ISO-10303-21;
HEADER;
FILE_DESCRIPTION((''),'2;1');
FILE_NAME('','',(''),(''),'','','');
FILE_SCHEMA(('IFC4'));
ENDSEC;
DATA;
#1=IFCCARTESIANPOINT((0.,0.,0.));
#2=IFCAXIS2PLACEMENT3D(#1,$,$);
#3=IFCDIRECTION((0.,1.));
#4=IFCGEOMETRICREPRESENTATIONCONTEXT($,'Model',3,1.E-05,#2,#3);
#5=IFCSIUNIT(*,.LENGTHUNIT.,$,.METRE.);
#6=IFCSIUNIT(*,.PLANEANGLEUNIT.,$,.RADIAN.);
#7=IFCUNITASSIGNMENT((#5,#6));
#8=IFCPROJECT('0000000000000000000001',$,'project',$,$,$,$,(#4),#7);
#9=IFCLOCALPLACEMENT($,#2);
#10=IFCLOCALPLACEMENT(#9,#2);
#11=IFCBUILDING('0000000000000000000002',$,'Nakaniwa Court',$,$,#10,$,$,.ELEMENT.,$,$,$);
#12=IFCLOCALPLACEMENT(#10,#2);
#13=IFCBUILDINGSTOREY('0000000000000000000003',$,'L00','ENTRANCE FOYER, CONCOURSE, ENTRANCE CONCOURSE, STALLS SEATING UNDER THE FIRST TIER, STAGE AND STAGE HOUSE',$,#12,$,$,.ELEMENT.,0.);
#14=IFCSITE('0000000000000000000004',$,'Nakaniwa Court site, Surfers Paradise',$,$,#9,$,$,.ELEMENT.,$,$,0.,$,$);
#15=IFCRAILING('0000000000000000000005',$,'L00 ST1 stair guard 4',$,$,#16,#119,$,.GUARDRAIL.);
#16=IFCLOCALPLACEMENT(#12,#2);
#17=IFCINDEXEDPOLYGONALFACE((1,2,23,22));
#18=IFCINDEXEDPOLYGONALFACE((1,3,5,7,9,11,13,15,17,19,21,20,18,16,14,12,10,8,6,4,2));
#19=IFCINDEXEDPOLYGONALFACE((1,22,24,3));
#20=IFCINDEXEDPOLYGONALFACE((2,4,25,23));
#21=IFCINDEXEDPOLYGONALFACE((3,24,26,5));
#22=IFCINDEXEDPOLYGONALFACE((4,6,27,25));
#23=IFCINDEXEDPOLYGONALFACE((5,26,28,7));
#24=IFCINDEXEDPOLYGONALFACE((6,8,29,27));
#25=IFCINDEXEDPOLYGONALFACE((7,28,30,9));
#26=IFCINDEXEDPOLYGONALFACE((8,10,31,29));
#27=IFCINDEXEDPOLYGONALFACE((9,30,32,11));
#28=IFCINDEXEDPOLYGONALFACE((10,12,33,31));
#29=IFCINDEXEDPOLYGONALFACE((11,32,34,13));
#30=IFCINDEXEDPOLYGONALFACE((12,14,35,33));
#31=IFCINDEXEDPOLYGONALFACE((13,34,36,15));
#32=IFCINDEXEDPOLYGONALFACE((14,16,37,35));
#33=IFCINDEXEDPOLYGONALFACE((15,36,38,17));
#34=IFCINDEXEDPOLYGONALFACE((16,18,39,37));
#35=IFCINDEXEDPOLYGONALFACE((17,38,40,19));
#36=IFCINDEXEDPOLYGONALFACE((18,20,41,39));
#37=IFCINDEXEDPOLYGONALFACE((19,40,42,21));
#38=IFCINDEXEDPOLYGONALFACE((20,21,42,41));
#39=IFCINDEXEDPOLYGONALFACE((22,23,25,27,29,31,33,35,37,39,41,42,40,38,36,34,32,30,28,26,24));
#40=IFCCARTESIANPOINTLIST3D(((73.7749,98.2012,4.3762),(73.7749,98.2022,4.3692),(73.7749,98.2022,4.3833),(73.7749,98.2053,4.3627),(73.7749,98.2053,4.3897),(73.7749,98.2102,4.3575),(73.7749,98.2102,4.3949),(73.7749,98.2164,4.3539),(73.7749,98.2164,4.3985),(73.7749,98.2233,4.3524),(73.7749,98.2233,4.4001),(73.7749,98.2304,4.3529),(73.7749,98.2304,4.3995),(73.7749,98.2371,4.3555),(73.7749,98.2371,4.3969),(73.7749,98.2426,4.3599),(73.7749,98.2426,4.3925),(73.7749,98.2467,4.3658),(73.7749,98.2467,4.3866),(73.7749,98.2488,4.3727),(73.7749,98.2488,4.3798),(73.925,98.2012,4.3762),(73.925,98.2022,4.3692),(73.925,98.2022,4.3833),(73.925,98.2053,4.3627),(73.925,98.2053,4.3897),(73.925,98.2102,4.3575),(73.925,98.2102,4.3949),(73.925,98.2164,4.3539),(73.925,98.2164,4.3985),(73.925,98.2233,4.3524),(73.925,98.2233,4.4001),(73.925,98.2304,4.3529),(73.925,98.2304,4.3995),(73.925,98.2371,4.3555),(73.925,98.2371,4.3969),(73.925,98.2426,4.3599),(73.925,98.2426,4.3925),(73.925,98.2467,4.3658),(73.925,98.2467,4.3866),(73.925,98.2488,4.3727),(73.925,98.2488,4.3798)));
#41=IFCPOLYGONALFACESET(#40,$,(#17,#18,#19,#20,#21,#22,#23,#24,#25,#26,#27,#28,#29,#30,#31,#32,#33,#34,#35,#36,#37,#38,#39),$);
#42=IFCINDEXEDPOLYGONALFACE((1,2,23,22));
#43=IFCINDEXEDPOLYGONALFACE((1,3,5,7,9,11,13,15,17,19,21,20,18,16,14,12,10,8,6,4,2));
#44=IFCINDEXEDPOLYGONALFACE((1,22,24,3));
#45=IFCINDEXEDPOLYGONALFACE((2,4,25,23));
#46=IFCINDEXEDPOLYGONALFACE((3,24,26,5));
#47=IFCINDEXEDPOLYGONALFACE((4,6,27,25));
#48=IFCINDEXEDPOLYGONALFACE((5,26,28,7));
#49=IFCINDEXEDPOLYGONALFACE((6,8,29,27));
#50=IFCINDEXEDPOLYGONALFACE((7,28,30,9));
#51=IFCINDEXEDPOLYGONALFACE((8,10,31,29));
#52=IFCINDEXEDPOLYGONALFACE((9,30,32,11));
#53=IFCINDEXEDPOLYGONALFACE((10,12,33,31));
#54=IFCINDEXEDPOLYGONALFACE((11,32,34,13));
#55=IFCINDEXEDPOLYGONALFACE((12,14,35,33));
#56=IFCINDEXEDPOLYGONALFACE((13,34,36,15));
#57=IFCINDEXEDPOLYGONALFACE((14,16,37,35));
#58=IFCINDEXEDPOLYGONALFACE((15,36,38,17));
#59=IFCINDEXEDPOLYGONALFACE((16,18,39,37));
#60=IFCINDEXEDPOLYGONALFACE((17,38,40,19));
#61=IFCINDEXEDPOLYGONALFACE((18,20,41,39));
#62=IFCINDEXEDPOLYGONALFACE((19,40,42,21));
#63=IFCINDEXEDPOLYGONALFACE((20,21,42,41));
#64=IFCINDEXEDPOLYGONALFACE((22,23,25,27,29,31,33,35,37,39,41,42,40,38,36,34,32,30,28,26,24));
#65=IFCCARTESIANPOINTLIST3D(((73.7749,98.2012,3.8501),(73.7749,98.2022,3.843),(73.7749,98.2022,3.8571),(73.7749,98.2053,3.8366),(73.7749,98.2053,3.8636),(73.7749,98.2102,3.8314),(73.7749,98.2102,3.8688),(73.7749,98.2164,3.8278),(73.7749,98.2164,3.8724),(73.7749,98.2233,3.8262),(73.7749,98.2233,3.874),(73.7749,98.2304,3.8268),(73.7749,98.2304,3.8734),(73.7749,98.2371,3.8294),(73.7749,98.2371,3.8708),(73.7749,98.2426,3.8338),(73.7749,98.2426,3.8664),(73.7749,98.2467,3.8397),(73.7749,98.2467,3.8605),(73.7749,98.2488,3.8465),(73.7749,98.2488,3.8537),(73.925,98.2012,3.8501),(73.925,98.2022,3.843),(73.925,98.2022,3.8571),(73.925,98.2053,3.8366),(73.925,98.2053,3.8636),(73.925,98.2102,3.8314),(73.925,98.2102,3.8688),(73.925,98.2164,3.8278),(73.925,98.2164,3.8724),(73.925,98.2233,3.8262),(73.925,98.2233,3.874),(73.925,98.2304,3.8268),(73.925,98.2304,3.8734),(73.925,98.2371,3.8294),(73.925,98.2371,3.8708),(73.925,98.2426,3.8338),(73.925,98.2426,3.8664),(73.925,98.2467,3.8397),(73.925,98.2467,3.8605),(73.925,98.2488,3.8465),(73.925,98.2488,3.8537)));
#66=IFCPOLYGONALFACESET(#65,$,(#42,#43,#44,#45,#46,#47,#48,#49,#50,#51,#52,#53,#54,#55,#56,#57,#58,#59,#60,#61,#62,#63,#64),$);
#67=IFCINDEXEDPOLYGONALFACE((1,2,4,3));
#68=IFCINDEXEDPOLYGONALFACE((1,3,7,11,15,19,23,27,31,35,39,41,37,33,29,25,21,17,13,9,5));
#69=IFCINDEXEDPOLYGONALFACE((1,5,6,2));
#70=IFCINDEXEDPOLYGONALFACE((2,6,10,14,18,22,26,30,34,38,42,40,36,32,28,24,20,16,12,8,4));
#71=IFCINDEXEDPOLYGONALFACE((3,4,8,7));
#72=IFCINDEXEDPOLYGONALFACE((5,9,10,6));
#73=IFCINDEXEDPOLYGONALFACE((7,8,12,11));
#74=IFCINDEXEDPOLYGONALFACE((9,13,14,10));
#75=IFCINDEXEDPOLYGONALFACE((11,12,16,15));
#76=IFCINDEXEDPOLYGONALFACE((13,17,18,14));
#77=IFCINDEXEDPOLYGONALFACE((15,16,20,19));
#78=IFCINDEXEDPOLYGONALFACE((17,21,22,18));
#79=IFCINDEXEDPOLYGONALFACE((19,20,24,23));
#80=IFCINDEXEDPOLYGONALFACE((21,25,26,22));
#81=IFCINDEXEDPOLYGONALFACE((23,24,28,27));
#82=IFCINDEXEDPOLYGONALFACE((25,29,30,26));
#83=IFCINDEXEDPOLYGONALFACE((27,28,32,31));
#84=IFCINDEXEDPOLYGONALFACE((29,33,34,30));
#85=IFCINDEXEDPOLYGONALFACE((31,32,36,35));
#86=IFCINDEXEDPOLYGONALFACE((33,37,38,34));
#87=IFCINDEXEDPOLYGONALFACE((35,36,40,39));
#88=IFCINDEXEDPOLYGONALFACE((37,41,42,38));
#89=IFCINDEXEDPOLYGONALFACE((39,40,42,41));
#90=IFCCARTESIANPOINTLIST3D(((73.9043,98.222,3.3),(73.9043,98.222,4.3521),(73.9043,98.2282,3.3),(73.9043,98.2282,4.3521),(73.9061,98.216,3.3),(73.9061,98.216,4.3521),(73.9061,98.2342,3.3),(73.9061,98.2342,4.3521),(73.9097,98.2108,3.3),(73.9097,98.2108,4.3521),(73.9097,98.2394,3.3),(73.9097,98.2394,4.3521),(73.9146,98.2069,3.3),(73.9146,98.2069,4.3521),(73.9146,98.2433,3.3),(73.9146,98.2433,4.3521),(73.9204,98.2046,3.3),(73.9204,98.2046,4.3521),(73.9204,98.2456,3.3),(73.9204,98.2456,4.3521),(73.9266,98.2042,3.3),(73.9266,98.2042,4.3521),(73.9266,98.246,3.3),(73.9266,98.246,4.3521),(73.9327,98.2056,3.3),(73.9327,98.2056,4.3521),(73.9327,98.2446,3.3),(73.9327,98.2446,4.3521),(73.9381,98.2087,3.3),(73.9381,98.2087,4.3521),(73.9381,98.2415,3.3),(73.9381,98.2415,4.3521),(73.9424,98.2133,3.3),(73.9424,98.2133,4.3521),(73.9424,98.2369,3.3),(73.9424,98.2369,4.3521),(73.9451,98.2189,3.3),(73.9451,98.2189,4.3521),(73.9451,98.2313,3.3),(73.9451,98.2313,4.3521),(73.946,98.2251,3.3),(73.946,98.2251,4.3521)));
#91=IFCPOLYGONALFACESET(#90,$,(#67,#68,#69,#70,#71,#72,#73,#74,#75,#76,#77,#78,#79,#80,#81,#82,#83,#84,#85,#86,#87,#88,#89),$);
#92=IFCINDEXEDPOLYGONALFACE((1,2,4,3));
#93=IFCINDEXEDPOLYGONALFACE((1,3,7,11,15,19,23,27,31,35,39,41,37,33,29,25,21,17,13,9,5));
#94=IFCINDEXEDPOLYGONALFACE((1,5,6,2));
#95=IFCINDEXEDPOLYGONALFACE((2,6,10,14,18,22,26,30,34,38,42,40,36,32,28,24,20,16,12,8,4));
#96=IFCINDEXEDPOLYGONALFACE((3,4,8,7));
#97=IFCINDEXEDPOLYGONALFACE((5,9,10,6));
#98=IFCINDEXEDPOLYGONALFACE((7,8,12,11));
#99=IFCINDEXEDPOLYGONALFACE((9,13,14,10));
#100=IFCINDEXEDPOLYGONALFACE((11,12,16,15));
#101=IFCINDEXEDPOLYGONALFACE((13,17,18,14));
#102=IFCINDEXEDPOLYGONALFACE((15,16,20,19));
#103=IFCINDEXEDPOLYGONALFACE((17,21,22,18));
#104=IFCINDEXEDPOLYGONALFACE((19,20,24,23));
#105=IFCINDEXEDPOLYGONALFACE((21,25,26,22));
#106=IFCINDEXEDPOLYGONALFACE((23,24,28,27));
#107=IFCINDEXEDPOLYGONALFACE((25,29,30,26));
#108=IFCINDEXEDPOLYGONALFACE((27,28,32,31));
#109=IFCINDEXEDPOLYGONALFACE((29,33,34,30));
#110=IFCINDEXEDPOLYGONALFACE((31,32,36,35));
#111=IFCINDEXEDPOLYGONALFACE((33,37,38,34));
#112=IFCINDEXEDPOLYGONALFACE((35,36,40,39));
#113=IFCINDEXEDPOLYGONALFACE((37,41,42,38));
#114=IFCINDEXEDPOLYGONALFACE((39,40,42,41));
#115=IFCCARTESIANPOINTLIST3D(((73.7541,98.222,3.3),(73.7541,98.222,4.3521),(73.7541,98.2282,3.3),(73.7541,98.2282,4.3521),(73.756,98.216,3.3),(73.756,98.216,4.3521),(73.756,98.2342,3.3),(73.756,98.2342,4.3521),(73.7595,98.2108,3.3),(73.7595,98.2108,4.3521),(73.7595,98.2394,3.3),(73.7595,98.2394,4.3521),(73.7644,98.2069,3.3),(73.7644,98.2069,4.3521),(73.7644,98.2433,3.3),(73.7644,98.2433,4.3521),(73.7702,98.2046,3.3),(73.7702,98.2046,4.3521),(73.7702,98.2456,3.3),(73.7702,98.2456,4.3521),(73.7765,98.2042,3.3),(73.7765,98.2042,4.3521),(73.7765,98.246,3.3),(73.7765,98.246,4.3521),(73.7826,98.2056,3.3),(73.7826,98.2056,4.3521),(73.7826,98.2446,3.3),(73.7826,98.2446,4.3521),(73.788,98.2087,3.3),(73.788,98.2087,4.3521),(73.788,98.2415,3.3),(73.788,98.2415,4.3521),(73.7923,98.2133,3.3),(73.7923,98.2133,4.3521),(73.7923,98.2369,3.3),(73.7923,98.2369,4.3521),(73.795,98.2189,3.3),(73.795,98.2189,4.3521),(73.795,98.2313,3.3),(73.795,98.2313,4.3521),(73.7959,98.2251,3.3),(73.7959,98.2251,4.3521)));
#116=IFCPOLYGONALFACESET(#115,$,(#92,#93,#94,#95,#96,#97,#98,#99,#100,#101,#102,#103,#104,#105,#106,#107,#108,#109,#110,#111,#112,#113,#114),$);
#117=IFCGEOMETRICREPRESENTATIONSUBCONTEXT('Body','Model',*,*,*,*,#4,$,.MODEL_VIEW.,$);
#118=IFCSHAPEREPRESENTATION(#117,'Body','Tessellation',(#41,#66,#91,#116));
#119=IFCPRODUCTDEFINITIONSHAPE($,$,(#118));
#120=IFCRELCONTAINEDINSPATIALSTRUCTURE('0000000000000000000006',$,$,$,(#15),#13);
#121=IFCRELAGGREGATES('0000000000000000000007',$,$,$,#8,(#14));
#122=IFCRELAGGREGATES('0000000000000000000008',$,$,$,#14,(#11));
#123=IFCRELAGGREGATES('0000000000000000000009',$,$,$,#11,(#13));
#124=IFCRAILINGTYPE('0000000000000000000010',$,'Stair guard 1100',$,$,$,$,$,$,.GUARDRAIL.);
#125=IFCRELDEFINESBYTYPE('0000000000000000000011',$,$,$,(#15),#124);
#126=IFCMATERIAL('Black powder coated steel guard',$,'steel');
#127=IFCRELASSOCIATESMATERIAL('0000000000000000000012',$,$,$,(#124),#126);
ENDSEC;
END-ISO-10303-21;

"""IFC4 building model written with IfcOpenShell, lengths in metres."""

from ifc_helpers import new_model, si_unit, direction, frame, origin, origin_2d, place, context, subcontext, project, spatial, circle, extrude, material, type_object, element, save


model = new_model("IFC4")

# Units and contexts
model_context = context("Model", 3, precision=1e-05, world=origin(), true_north=direction((0.0, 1.0)))
body_context = subcontext(model_context, "Body", "Model", "MODEL_VIEW")
ifc_project = project(units=[si_unit("LENGTHUNIT", "METRE"), si_unit("PLANEANGLEUNIT", "RADIAN")], contexts=[model_context])

# Site, building, storey
site_placement = place(None, origin())
site = spatial("IfcSite", under=ifc_project, at=site_placement, Name="Nakaniwa Court site, Surfers Paradise", CompositionType="ELEMENT", RefElevation=0.0)
building_placement = place(site_placement, origin())
building = spatial("IfcBuilding", under=site, at=building_placement, Name="Nakaniwa Court", CompositionType="ELEMENT")
storey_placement = place(building_placement, origin())
storey = spatial("IfcBuildingStorey", under=building, at=storey_placement, Name="L00", Description="ENTRANCE FOYER, CONCOURSE, ENTRANCE CONCOURSE, STALLS SEATING UNDER THE FIRST TIER, STAGE AND STAGE HOUSE", CompositionType="ELEMENT", Elevation=0.0)

# Railing
ifc_material_1 = material(Name="Black powder coated steel guard", Category="steel")
railing_type_1 = type_object("IfcRailingType", Name="Stair guard 1100", PredefinedType="GUARDRAIL", material=ifc_material_1)
railing_1_placement = place(storey_placement, frame((73.925, 98.2251, 3.3)))
element("IfcRailing", 1, at=railing_1_placement, inside=storey, type_object=railing_type_1, Name="L00 ST1 stair guard 4", PredefinedType="GUARDRAIL", context=body_context, shape_type="SweptSolid", body=[
    extrude(circle(Radius=0.0239, at=origin_2d()), frame((0.0, 0.0, 1.0762), z_axis=(-1.0, 0.0, 0.0), x_axis=(0.0, -1.0, 0.0)), (0.0, 0.0, 1.0), 0.1501),
    extrude(circle(Radius=0.0239, at=origin_2d()), frame((0.0, 0.0, 0.55), z_axis=(-1.0, 0.0, 0.0), x_axis=(0.0, -1.0, 0.0)), (0.0, 0.0, 1.0), 0.1501),
    extrude(circle(Radius=0.021, at=origin_2d()), origin(), (0.0, 0.0, 1.0), 1.052),
    extrude(circle(Radius=0.021, at=origin_2d()), frame((-0.1501, 0.0, 0.0)), (0.0, 0.0, 1.0), 1.052),
])

save(model, "model.ifc")
